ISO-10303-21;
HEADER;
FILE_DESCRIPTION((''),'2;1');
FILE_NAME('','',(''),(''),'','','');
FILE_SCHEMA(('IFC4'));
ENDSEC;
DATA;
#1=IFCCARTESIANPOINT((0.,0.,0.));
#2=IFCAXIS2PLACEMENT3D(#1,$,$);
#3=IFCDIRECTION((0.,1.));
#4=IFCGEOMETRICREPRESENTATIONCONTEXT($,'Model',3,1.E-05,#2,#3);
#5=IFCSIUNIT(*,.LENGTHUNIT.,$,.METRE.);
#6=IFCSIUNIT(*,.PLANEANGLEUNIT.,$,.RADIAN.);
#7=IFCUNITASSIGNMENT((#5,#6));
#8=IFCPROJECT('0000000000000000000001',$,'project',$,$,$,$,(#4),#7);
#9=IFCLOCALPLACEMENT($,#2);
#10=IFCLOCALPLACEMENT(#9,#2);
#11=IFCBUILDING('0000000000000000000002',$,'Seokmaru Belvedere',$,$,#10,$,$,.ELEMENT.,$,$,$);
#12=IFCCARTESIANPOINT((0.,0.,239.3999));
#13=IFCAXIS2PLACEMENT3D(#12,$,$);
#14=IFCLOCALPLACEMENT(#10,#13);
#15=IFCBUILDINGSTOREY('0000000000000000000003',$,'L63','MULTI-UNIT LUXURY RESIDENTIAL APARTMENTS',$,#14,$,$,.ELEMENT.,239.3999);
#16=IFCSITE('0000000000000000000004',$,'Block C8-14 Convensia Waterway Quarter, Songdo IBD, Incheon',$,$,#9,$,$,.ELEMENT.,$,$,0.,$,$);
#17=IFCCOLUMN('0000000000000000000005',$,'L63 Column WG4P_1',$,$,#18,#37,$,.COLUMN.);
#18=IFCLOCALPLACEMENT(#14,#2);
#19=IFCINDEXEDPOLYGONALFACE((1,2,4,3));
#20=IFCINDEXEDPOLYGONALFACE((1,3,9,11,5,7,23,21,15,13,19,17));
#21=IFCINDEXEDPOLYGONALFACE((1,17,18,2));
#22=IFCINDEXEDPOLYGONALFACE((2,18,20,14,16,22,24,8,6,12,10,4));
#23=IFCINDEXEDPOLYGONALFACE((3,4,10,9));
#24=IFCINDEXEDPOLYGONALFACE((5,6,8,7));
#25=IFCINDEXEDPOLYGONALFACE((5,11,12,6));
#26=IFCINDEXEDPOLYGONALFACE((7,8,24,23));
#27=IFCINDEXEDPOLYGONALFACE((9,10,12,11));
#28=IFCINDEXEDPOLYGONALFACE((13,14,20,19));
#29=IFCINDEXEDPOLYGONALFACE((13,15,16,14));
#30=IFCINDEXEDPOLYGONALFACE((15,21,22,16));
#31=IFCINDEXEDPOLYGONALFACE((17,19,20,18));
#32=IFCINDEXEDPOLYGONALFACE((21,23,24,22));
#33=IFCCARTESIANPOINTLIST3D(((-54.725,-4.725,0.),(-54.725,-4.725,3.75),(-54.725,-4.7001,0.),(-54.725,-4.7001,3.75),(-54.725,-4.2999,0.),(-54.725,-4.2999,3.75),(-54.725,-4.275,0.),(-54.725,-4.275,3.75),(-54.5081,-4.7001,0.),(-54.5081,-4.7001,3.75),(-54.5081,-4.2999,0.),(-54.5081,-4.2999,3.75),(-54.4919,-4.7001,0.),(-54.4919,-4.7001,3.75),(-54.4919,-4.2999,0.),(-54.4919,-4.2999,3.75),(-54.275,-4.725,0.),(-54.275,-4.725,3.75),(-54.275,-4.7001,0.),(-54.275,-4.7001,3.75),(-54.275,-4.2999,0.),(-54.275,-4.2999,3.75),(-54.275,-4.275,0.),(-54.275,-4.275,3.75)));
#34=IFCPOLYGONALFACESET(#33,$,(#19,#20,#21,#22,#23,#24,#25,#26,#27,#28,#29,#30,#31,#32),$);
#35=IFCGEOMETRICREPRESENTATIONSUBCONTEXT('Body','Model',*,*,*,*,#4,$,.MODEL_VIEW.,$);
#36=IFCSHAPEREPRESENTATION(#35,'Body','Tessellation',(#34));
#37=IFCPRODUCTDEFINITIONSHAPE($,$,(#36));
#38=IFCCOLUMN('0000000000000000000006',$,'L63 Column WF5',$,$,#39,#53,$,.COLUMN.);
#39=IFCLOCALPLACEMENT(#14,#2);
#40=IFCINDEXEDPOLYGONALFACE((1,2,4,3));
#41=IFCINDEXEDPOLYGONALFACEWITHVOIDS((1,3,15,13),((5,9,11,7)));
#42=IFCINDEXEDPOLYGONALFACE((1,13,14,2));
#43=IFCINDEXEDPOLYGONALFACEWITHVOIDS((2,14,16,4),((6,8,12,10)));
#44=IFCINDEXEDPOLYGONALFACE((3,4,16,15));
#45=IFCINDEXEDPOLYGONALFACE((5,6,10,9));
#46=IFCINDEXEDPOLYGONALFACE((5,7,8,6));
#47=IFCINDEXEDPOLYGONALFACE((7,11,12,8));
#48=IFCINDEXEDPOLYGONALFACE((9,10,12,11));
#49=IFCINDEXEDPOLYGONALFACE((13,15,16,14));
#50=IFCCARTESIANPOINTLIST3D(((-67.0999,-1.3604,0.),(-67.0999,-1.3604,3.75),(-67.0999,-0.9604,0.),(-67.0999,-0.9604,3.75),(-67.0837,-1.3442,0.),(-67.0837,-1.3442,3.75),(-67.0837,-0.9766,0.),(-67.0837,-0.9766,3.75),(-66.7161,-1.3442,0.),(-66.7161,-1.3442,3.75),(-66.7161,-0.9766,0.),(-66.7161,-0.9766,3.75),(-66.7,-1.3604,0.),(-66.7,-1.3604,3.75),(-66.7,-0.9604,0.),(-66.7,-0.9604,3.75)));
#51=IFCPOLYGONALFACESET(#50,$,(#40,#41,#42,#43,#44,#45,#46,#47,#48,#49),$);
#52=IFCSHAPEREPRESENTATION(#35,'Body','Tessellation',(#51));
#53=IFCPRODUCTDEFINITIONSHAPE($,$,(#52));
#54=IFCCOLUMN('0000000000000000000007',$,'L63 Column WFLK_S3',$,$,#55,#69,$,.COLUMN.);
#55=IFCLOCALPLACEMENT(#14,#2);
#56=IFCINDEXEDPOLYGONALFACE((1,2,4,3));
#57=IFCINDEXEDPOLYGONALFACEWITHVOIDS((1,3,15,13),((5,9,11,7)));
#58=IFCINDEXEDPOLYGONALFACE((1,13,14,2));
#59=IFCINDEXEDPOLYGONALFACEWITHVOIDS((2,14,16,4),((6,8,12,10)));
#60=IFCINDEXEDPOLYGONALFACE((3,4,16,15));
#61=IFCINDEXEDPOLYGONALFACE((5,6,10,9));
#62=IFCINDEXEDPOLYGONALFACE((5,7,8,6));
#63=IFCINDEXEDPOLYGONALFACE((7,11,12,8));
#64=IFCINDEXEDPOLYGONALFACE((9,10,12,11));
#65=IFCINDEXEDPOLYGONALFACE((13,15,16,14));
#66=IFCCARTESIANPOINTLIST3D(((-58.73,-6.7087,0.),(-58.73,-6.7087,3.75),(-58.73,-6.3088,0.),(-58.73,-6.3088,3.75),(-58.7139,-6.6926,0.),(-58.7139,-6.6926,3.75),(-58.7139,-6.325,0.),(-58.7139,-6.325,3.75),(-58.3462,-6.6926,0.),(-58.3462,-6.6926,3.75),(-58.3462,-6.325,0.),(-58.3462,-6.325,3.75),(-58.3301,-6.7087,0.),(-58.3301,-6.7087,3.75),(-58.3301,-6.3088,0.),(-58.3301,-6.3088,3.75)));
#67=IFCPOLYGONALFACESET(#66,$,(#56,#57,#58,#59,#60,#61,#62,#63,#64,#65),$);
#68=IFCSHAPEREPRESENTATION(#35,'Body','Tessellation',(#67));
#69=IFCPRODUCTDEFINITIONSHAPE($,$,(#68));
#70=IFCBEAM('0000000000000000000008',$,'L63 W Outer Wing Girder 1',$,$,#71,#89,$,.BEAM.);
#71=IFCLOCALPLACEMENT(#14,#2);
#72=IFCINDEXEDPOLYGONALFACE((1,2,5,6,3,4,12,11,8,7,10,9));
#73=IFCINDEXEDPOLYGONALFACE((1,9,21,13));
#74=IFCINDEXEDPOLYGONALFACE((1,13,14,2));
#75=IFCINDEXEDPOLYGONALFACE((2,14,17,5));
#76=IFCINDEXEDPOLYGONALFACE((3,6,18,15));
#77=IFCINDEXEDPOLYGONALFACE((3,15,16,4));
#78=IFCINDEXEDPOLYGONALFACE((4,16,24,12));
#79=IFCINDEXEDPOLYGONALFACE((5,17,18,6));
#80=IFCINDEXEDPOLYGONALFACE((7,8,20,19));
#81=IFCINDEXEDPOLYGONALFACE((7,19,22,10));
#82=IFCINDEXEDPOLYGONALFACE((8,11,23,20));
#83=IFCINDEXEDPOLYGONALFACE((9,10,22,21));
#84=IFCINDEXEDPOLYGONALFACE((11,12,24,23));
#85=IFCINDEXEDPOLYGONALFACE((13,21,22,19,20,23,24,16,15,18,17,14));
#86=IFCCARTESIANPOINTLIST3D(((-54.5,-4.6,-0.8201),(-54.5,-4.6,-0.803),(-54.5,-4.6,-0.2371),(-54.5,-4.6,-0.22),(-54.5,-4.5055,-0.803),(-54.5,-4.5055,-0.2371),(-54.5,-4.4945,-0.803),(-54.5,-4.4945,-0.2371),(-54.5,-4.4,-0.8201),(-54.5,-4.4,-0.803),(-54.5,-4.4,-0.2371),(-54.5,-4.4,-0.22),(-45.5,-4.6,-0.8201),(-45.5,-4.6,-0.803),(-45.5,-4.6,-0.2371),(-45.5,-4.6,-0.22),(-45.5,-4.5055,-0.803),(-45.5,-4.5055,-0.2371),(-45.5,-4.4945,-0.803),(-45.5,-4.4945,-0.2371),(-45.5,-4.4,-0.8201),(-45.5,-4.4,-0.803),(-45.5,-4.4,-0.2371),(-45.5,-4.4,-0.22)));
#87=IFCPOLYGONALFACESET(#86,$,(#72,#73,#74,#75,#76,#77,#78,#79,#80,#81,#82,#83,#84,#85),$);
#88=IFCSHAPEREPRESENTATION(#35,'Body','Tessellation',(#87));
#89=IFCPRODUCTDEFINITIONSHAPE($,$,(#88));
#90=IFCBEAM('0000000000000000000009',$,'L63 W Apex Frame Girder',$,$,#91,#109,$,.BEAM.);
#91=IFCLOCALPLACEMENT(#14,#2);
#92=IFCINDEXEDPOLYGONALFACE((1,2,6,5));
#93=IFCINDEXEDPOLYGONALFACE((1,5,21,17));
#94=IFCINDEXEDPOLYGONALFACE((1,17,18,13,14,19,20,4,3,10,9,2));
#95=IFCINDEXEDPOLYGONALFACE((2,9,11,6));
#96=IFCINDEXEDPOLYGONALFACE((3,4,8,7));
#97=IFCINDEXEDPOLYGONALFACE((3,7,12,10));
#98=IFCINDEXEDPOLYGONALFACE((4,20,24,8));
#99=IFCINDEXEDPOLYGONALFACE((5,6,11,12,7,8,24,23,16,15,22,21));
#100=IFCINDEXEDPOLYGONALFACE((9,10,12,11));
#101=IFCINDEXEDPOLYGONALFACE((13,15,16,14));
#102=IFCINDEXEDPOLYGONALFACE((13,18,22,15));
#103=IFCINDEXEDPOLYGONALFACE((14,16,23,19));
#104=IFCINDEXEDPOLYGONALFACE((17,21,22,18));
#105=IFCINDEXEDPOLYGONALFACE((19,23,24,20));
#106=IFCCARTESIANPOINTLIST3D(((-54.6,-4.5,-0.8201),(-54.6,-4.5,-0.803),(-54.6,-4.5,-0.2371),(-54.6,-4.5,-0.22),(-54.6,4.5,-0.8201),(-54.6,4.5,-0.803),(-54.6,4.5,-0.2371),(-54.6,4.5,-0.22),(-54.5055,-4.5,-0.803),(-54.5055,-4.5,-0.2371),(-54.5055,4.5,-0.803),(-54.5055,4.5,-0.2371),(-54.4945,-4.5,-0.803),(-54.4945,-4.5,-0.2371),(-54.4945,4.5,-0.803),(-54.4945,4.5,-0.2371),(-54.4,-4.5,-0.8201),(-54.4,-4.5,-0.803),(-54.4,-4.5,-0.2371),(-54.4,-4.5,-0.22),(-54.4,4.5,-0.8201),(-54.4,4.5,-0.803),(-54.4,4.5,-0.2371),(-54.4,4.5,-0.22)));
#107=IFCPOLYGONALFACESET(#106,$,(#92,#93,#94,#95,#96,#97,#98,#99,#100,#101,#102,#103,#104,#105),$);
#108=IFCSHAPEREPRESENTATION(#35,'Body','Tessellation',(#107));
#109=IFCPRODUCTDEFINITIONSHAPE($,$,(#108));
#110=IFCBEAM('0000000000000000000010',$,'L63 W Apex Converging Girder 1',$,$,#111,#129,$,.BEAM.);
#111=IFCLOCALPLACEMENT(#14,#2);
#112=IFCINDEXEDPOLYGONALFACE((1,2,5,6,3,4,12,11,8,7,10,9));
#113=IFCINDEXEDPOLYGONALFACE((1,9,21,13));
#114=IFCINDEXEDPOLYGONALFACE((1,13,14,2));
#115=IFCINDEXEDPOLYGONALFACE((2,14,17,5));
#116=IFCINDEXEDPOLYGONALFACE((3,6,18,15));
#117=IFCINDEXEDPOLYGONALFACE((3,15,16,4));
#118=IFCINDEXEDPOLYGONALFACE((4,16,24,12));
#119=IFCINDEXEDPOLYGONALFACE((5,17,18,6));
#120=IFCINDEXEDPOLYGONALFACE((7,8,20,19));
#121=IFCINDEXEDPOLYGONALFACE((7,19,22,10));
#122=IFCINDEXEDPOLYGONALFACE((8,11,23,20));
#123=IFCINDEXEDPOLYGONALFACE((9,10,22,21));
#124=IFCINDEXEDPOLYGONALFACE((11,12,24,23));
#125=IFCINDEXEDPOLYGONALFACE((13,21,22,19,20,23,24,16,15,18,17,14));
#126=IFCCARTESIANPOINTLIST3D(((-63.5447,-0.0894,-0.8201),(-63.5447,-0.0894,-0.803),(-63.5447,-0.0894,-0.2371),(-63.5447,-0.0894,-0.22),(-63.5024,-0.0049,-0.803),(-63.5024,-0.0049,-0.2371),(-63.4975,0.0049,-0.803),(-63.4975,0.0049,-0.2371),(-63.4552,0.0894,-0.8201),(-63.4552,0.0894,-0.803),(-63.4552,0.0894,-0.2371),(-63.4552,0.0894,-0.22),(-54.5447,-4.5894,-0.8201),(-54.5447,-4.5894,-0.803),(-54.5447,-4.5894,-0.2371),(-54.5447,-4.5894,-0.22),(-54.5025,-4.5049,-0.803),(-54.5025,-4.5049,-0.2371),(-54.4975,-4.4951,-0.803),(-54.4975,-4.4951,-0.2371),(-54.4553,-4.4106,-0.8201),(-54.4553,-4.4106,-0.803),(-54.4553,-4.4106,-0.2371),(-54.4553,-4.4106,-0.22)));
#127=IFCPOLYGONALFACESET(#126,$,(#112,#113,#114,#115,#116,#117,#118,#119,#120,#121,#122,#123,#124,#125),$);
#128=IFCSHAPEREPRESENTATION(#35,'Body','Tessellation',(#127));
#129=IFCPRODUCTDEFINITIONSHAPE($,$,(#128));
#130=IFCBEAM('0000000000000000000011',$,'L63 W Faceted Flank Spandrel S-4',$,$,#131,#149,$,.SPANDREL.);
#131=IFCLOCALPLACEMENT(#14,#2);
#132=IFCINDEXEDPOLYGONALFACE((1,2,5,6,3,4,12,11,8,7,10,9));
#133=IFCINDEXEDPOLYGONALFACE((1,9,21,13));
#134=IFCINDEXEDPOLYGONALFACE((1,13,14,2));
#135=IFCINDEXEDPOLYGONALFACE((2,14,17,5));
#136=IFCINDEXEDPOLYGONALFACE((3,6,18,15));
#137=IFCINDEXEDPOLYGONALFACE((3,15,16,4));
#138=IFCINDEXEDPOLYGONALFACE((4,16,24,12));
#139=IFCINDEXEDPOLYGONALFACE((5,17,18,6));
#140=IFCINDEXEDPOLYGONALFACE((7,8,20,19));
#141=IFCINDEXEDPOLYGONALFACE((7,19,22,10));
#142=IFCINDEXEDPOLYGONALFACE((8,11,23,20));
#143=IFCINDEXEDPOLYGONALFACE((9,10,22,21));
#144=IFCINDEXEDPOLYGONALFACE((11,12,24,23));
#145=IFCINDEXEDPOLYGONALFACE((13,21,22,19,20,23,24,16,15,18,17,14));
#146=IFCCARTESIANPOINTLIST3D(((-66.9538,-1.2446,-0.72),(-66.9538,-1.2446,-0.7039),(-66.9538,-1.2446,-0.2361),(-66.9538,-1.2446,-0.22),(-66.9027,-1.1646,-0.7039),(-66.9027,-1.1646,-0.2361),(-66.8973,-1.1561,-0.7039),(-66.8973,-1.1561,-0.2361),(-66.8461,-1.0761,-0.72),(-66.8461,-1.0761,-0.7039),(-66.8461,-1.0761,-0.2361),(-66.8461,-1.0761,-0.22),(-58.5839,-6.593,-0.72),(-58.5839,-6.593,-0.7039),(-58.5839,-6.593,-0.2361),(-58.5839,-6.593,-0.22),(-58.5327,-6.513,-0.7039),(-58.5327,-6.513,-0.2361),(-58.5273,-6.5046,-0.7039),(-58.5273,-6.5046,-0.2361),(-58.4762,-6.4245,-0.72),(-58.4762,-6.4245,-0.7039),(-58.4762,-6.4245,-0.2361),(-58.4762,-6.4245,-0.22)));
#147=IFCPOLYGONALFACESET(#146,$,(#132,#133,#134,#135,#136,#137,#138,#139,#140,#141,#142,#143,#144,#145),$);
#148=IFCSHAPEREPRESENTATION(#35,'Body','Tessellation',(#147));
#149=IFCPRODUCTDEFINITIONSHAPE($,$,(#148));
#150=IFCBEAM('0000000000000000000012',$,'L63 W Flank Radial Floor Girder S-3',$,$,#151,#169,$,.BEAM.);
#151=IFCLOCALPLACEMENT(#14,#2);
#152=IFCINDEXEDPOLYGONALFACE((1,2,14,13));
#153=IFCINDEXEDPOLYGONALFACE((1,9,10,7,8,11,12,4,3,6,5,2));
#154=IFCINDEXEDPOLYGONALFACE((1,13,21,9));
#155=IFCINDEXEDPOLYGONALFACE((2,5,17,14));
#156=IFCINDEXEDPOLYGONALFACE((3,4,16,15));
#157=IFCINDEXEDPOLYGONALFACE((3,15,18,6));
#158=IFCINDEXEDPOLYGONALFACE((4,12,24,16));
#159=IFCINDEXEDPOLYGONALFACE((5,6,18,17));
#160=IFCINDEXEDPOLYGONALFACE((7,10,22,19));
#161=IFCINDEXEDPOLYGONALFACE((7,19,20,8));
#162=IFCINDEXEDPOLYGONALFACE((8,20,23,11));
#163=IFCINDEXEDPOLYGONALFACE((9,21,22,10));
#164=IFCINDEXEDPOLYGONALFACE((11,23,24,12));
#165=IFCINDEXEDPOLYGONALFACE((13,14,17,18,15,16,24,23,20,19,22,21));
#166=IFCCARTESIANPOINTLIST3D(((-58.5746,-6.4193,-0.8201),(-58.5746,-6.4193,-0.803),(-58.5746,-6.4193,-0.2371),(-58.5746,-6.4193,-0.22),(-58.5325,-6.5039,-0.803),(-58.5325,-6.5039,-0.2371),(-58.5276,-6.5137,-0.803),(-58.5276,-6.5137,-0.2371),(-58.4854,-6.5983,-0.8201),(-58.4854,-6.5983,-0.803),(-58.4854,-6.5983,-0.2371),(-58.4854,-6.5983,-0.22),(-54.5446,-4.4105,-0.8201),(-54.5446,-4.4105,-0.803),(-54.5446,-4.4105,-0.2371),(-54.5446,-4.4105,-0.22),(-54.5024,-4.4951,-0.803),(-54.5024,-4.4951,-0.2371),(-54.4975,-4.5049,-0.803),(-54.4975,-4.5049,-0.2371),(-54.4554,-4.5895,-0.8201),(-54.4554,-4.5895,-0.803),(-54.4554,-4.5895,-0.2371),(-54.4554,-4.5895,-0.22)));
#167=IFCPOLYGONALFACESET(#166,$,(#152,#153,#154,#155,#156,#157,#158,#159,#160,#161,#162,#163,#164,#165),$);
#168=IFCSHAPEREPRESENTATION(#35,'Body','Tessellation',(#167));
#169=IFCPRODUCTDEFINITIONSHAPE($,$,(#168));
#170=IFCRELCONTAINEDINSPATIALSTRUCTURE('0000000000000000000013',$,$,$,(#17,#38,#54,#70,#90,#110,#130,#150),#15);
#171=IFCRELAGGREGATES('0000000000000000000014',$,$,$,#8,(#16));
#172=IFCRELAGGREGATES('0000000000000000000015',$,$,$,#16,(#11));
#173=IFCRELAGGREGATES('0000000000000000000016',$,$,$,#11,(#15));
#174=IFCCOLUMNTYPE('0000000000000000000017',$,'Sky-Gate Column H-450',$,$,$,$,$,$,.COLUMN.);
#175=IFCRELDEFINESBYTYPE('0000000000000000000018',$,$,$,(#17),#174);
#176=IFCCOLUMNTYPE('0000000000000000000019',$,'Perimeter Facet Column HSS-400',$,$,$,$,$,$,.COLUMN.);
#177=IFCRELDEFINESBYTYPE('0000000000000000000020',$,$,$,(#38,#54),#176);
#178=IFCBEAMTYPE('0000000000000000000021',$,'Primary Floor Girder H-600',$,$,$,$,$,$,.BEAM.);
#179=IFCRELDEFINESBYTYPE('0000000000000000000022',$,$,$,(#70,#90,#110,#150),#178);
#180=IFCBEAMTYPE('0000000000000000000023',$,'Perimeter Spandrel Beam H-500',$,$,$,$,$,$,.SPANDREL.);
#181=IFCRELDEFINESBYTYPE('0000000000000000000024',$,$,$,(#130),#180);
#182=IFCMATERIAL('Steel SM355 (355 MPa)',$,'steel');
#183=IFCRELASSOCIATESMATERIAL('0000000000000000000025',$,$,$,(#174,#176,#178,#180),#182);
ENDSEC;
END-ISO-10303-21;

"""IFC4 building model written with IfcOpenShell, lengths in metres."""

from ifc_helpers import new_model, si_unit, direction, frame, origin, origin_2d, place, context, subcontext, project, spatial, hollow_rectangle, i_section, extrude, source, transform, mapped, material, material_profile, profile_set, type_object, type_shapes, element, save


model = new_model("IFC4")

# Units and contexts
model_context = context("Model", 3, precision=1e-05, world=origin(), true_north=direction((0.0, 1.0)))
body_context = subcontext(model_context, "Body", "Model", "MODEL_VIEW")
ifc_project = project(units=[si_unit("LENGTHUNIT", "METRE"), si_unit("PLANEANGLEUNIT", "RADIAN")], contexts=[model_context])

# Site, building, storey
site_placement = place(None, origin())
site = spatial("IfcSite", under=ifc_project, at=site_placement, Name="Block C8-14 Convensia Waterway Quarter, Songdo IBD, Incheon", CompositionType="ELEMENT", RefElevation=0.0)
building_placement = place(site_placement, origin())
building = spatial("IfcBuilding", under=site, at=building_placement, Name="Seokmaru Belvedere", CompositionType="ELEMENT")
storey_placement = place(building_placement, frame((0.0, 0.0, 239.3999)))
storey = spatial("IfcBuildingStorey", under=building, at=storey_placement, Name="L63", Description="MULTI-UNIT LUXURY RESIDENTIAL APARTMENTS", CompositionType="ELEMENT", Elevation=239.3999)

# Columns
ifc_material_1 = material(Name="Steel SM355 (355 MPa)", Category="steel")
ifc_material_profile_1 = material_profile(ifc_material_1, i_section(OverallWidth=0.45, OverallDepth=0.45, WebThickness=0.0161, FlangeThickness=0.0249, at=origin_2d()), Name="H-450x450x16x25")
ifc_profile_set_1 = profile_set([ifc_material_profile_1], Name="Steel SM355 (355 MPa)")
column_type_1 = type_object("IfcColumnType", Name="Sky-Gate Column H-450", PredefinedType="COLUMN", material=ifc_profile_set_1)
shared_shape_1 = source(origin(), body_context, "Body", "SweptSolid", [
    extrude(i_section(OverallWidth=0.45, OverallDepth=0.45, WebThickness=0.0161, FlangeThickness=0.0249, at=origin_2d()), origin(), (0.0, 0.0, 1.0), 3.75),
])
type_shapes(column_type_1, [shared_shape_1])
column_placement = place(storey_placement, frame((-54.5, -4.5, 0.0), z_axis=(0.0, 0.0, 1.0), x_axis=(1.0, 0.0, 0.0)))
element("IfcColumn", 1, at=column_placement, inside=storey, type_object=column_type_1, Name="L63 Column WG4P_1", PredefinedType="COLUMN", context=body_context, shape_type="MappedRepresentation", body=[
    mapped(shared_shape_1, transform((0.0, 0.0, 0.0), scale=1.0)),
])
ifc_material_profile_2 = material_profile(ifc_material_1, hollow_rectangle(XDim=0.3999, YDim=0.3999, WallThickness=0.0161, at=origin_2d()), Name="HSS-400x400x16")
ifc_profile_set_2 = profile_set([ifc_material_profile_2], Name="Steel SM355 (355 MPa)")
column_type_2 = type_object("IfcColumnType", Name="Perimeter Facet Column HSS-400", PredefinedType="COLUMN", material=ifc_profile_set_2)
shared_shape_2 = source(origin(), body_context, "Body", "SweptSolid", [
    extrude(hollow_rectangle(XDim=0.3999, YDim=0.3999, WallThickness=0.0161, at=origin_2d()), origin(), (0.0, 0.0, 1.0), 3.75),
])
type_shapes(column_type_2, [shared_shape_2])
for number, where, z_axis, x_axis, name in (
    (2, (-66.8999, -1.1604, 0.0), (0.0, 0.0, 1.0), (1.0, 0.0, 0.0), "L63 Column WF5"),
    (3, (-58.53, -6.5088, 0.0), (0.0, 0.0, 1.0), (1.0, 0.0, 0.0), "L63 Column WFLK_S3"),
):
    element("IfcColumn", number, at=place(storey_placement, frame(where, z_axis=z_axis, x_axis=x_axis)), inside=storey, type_object=column_type_2, Name=name, PredefinedType="COLUMN", context=body_context, shape_type="MappedRepresentation", body=[
        mapped(shared_shape_2, transform((0.0, 0.0, 0.0), scale=1.0)),
    ])

# Beams
ifc_material_profile_3 = material_profile(ifc_material_1, i_section(OverallWidth=0.2, OverallDepth=0.6001, WebThickness=0.011, FlangeThickness=0.0171, at=origin_2d()), Name="H-600x200x11x17")
ifc_profile_set_3 = profile_set([ifc_material_profile_3], Name="Steel SM355 (355 MPa)")
beam_type_1 = type_object("IfcBeamType", Name="Primary Floor Girder H-600", PredefinedType="BEAM", material=ifc_profile_set_3)
shared_shape_3 = source(origin(), body_context, "Body", "SweptSolid", [
    extrude(i_section(OverallWidth=0.2, OverallDepth=0.6001, WebThickness=0.011, FlangeThickness=0.0171, at=origin_2d()), origin(), (0.0, 0.0, 1.0), 9.0),
])
for number, where, z_axis, x_axis, name in (
    (4, (-54.5, -4.5, -0.52), (1.0, 0.0, 0.0), (0.0, 1.0, 0.0), "L63 W Outer Wing Girder 1"),
    (5, (-54.5, -4.5, -0.52), (0.0, 1.0, 0.0), (-1.0, 0.0, 0.0), "L63 W Apex Frame Girder"),
):
    element("IfcBeam", number, at=place(storey_placement, frame(where, z_axis=z_axis, x_axis=x_axis)), inside=storey, type_object=beam_type_1, Name=name, PredefinedType="BEAM", context=body_context, shape_type="MappedRepresentation", body=[
        mapped(shared_shape_3, transform((0.0, 0.0, 0.0), scale=1.0)),
    ])
shared_shape_4 = source(origin(), body_context, "Body", "SweptSolid", [
    extrude(i_section(OverallWidth=0.2, OverallDepth=0.6001, WebThickness=0.011, FlangeThickness=0.0171, at=origin_2d()), origin(), (0.0, 0.0, 1.0), 10.0623),
])
beam_1_placement = place(storey_placement, frame((-54.5, -4.5, -0.52), z_axis=(-0.894427, 0.447214, 0.0), x_axis=(-0.447214, -0.894427, 0.0)))
element("IfcBeam", 6, at=beam_1_placement, inside=storey, type_object=beam_type_1, Name="L63 W Apex Converging Girder 1", PredefinedType="BEAM", context=body_context, shape_type="MappedRepresentation", body=[
    mapped(shared_shape_4, transform((0.0, 0.0, 0.0), scale=1.0)),
])
ifc_material_profile_4 = material_profile(ifc_material_1, i_section(OverallWidth=0.2, OverallDepth=0.5, WebThickness=0.01, FlangeThickness=0.0161, at=origin_2d()), Name="H-500x200x10x16")
ifc_profile_set_4 = profile_set([ifc_material_profile_4], Name="Steel SM355 (355 MPa)")
beam_type_2 = type_object("IfcBeamType", Name="Perimeter Spandrel Beam H-500", PredefinedType="SPANDREL", material=ifc_profile_set_4)
shared_shape_5 = source(origin(), body_context, "Body", "SweptSolid", [
    extrude(i_section(OverallWidth=0.2, OverallDepth=0.5, WebThickness=0.01, FlangeThickness=0.0161, at=origin_2d()), origin(), (0.0, 0.0, 1.0), 9.9329),
])
type_shapes(beam_type_2, [shared_shape_5])
beam_2_placement = place(storey_placement, frame((-58.53, -6.5088, -0.47), z_axis=(-0.842652, 0.538459, 0.0), x_axis=(-0.538459, -0.842652, 0.0)))
element("IfcBeam", 7, at=beam_2_placement, inside=storey, type_object=beam_type_2, Name="L63 W Faceted Flank Spandrel S-4", PredefinedType="SPANDREL", context=body_context, shape_type="MappedRepresentation", body=[
    mapped(shared_shape_5, transform((0.0, 0.0, 0.0), scale=1.0)),
])
shared_shape_6 = source(origin(), body_context, "Body", "SweptSolid", [
    extrude(i_section(OverallWidth=0.2, OverallDepth=0.6001, WebThickness=0.011, FlangeThickness=0.0171, at=origin_2d()), origin(), (0.0, 0.0, 1.0), 4.5029),
])
type_shapes(beam_type_1, [shared_shape_3, shared_shape_4, shared_shape_6])
beam_3_placement = place(storey_placement, frame((-58.53, -6.5088, -0.52), z_axis=(0.89498, 0.446107, 0.0), x_axis=(-0.446107, 0.89498, 0.0)))
element("IfcBeam", 8, at=beam_3_placement, inside=storey, type_object=beam_type_1, Name="L63 W Flank Radial Floor Girder S-3", PredefinedType="BEAM", context=body_context, shape_type="MappedRepresentation", body=[
    mapped(shared_shape_6, transform((0.0, 0.0, 0.0), scale=1.0)),
])

save(model, "model.ifc")
